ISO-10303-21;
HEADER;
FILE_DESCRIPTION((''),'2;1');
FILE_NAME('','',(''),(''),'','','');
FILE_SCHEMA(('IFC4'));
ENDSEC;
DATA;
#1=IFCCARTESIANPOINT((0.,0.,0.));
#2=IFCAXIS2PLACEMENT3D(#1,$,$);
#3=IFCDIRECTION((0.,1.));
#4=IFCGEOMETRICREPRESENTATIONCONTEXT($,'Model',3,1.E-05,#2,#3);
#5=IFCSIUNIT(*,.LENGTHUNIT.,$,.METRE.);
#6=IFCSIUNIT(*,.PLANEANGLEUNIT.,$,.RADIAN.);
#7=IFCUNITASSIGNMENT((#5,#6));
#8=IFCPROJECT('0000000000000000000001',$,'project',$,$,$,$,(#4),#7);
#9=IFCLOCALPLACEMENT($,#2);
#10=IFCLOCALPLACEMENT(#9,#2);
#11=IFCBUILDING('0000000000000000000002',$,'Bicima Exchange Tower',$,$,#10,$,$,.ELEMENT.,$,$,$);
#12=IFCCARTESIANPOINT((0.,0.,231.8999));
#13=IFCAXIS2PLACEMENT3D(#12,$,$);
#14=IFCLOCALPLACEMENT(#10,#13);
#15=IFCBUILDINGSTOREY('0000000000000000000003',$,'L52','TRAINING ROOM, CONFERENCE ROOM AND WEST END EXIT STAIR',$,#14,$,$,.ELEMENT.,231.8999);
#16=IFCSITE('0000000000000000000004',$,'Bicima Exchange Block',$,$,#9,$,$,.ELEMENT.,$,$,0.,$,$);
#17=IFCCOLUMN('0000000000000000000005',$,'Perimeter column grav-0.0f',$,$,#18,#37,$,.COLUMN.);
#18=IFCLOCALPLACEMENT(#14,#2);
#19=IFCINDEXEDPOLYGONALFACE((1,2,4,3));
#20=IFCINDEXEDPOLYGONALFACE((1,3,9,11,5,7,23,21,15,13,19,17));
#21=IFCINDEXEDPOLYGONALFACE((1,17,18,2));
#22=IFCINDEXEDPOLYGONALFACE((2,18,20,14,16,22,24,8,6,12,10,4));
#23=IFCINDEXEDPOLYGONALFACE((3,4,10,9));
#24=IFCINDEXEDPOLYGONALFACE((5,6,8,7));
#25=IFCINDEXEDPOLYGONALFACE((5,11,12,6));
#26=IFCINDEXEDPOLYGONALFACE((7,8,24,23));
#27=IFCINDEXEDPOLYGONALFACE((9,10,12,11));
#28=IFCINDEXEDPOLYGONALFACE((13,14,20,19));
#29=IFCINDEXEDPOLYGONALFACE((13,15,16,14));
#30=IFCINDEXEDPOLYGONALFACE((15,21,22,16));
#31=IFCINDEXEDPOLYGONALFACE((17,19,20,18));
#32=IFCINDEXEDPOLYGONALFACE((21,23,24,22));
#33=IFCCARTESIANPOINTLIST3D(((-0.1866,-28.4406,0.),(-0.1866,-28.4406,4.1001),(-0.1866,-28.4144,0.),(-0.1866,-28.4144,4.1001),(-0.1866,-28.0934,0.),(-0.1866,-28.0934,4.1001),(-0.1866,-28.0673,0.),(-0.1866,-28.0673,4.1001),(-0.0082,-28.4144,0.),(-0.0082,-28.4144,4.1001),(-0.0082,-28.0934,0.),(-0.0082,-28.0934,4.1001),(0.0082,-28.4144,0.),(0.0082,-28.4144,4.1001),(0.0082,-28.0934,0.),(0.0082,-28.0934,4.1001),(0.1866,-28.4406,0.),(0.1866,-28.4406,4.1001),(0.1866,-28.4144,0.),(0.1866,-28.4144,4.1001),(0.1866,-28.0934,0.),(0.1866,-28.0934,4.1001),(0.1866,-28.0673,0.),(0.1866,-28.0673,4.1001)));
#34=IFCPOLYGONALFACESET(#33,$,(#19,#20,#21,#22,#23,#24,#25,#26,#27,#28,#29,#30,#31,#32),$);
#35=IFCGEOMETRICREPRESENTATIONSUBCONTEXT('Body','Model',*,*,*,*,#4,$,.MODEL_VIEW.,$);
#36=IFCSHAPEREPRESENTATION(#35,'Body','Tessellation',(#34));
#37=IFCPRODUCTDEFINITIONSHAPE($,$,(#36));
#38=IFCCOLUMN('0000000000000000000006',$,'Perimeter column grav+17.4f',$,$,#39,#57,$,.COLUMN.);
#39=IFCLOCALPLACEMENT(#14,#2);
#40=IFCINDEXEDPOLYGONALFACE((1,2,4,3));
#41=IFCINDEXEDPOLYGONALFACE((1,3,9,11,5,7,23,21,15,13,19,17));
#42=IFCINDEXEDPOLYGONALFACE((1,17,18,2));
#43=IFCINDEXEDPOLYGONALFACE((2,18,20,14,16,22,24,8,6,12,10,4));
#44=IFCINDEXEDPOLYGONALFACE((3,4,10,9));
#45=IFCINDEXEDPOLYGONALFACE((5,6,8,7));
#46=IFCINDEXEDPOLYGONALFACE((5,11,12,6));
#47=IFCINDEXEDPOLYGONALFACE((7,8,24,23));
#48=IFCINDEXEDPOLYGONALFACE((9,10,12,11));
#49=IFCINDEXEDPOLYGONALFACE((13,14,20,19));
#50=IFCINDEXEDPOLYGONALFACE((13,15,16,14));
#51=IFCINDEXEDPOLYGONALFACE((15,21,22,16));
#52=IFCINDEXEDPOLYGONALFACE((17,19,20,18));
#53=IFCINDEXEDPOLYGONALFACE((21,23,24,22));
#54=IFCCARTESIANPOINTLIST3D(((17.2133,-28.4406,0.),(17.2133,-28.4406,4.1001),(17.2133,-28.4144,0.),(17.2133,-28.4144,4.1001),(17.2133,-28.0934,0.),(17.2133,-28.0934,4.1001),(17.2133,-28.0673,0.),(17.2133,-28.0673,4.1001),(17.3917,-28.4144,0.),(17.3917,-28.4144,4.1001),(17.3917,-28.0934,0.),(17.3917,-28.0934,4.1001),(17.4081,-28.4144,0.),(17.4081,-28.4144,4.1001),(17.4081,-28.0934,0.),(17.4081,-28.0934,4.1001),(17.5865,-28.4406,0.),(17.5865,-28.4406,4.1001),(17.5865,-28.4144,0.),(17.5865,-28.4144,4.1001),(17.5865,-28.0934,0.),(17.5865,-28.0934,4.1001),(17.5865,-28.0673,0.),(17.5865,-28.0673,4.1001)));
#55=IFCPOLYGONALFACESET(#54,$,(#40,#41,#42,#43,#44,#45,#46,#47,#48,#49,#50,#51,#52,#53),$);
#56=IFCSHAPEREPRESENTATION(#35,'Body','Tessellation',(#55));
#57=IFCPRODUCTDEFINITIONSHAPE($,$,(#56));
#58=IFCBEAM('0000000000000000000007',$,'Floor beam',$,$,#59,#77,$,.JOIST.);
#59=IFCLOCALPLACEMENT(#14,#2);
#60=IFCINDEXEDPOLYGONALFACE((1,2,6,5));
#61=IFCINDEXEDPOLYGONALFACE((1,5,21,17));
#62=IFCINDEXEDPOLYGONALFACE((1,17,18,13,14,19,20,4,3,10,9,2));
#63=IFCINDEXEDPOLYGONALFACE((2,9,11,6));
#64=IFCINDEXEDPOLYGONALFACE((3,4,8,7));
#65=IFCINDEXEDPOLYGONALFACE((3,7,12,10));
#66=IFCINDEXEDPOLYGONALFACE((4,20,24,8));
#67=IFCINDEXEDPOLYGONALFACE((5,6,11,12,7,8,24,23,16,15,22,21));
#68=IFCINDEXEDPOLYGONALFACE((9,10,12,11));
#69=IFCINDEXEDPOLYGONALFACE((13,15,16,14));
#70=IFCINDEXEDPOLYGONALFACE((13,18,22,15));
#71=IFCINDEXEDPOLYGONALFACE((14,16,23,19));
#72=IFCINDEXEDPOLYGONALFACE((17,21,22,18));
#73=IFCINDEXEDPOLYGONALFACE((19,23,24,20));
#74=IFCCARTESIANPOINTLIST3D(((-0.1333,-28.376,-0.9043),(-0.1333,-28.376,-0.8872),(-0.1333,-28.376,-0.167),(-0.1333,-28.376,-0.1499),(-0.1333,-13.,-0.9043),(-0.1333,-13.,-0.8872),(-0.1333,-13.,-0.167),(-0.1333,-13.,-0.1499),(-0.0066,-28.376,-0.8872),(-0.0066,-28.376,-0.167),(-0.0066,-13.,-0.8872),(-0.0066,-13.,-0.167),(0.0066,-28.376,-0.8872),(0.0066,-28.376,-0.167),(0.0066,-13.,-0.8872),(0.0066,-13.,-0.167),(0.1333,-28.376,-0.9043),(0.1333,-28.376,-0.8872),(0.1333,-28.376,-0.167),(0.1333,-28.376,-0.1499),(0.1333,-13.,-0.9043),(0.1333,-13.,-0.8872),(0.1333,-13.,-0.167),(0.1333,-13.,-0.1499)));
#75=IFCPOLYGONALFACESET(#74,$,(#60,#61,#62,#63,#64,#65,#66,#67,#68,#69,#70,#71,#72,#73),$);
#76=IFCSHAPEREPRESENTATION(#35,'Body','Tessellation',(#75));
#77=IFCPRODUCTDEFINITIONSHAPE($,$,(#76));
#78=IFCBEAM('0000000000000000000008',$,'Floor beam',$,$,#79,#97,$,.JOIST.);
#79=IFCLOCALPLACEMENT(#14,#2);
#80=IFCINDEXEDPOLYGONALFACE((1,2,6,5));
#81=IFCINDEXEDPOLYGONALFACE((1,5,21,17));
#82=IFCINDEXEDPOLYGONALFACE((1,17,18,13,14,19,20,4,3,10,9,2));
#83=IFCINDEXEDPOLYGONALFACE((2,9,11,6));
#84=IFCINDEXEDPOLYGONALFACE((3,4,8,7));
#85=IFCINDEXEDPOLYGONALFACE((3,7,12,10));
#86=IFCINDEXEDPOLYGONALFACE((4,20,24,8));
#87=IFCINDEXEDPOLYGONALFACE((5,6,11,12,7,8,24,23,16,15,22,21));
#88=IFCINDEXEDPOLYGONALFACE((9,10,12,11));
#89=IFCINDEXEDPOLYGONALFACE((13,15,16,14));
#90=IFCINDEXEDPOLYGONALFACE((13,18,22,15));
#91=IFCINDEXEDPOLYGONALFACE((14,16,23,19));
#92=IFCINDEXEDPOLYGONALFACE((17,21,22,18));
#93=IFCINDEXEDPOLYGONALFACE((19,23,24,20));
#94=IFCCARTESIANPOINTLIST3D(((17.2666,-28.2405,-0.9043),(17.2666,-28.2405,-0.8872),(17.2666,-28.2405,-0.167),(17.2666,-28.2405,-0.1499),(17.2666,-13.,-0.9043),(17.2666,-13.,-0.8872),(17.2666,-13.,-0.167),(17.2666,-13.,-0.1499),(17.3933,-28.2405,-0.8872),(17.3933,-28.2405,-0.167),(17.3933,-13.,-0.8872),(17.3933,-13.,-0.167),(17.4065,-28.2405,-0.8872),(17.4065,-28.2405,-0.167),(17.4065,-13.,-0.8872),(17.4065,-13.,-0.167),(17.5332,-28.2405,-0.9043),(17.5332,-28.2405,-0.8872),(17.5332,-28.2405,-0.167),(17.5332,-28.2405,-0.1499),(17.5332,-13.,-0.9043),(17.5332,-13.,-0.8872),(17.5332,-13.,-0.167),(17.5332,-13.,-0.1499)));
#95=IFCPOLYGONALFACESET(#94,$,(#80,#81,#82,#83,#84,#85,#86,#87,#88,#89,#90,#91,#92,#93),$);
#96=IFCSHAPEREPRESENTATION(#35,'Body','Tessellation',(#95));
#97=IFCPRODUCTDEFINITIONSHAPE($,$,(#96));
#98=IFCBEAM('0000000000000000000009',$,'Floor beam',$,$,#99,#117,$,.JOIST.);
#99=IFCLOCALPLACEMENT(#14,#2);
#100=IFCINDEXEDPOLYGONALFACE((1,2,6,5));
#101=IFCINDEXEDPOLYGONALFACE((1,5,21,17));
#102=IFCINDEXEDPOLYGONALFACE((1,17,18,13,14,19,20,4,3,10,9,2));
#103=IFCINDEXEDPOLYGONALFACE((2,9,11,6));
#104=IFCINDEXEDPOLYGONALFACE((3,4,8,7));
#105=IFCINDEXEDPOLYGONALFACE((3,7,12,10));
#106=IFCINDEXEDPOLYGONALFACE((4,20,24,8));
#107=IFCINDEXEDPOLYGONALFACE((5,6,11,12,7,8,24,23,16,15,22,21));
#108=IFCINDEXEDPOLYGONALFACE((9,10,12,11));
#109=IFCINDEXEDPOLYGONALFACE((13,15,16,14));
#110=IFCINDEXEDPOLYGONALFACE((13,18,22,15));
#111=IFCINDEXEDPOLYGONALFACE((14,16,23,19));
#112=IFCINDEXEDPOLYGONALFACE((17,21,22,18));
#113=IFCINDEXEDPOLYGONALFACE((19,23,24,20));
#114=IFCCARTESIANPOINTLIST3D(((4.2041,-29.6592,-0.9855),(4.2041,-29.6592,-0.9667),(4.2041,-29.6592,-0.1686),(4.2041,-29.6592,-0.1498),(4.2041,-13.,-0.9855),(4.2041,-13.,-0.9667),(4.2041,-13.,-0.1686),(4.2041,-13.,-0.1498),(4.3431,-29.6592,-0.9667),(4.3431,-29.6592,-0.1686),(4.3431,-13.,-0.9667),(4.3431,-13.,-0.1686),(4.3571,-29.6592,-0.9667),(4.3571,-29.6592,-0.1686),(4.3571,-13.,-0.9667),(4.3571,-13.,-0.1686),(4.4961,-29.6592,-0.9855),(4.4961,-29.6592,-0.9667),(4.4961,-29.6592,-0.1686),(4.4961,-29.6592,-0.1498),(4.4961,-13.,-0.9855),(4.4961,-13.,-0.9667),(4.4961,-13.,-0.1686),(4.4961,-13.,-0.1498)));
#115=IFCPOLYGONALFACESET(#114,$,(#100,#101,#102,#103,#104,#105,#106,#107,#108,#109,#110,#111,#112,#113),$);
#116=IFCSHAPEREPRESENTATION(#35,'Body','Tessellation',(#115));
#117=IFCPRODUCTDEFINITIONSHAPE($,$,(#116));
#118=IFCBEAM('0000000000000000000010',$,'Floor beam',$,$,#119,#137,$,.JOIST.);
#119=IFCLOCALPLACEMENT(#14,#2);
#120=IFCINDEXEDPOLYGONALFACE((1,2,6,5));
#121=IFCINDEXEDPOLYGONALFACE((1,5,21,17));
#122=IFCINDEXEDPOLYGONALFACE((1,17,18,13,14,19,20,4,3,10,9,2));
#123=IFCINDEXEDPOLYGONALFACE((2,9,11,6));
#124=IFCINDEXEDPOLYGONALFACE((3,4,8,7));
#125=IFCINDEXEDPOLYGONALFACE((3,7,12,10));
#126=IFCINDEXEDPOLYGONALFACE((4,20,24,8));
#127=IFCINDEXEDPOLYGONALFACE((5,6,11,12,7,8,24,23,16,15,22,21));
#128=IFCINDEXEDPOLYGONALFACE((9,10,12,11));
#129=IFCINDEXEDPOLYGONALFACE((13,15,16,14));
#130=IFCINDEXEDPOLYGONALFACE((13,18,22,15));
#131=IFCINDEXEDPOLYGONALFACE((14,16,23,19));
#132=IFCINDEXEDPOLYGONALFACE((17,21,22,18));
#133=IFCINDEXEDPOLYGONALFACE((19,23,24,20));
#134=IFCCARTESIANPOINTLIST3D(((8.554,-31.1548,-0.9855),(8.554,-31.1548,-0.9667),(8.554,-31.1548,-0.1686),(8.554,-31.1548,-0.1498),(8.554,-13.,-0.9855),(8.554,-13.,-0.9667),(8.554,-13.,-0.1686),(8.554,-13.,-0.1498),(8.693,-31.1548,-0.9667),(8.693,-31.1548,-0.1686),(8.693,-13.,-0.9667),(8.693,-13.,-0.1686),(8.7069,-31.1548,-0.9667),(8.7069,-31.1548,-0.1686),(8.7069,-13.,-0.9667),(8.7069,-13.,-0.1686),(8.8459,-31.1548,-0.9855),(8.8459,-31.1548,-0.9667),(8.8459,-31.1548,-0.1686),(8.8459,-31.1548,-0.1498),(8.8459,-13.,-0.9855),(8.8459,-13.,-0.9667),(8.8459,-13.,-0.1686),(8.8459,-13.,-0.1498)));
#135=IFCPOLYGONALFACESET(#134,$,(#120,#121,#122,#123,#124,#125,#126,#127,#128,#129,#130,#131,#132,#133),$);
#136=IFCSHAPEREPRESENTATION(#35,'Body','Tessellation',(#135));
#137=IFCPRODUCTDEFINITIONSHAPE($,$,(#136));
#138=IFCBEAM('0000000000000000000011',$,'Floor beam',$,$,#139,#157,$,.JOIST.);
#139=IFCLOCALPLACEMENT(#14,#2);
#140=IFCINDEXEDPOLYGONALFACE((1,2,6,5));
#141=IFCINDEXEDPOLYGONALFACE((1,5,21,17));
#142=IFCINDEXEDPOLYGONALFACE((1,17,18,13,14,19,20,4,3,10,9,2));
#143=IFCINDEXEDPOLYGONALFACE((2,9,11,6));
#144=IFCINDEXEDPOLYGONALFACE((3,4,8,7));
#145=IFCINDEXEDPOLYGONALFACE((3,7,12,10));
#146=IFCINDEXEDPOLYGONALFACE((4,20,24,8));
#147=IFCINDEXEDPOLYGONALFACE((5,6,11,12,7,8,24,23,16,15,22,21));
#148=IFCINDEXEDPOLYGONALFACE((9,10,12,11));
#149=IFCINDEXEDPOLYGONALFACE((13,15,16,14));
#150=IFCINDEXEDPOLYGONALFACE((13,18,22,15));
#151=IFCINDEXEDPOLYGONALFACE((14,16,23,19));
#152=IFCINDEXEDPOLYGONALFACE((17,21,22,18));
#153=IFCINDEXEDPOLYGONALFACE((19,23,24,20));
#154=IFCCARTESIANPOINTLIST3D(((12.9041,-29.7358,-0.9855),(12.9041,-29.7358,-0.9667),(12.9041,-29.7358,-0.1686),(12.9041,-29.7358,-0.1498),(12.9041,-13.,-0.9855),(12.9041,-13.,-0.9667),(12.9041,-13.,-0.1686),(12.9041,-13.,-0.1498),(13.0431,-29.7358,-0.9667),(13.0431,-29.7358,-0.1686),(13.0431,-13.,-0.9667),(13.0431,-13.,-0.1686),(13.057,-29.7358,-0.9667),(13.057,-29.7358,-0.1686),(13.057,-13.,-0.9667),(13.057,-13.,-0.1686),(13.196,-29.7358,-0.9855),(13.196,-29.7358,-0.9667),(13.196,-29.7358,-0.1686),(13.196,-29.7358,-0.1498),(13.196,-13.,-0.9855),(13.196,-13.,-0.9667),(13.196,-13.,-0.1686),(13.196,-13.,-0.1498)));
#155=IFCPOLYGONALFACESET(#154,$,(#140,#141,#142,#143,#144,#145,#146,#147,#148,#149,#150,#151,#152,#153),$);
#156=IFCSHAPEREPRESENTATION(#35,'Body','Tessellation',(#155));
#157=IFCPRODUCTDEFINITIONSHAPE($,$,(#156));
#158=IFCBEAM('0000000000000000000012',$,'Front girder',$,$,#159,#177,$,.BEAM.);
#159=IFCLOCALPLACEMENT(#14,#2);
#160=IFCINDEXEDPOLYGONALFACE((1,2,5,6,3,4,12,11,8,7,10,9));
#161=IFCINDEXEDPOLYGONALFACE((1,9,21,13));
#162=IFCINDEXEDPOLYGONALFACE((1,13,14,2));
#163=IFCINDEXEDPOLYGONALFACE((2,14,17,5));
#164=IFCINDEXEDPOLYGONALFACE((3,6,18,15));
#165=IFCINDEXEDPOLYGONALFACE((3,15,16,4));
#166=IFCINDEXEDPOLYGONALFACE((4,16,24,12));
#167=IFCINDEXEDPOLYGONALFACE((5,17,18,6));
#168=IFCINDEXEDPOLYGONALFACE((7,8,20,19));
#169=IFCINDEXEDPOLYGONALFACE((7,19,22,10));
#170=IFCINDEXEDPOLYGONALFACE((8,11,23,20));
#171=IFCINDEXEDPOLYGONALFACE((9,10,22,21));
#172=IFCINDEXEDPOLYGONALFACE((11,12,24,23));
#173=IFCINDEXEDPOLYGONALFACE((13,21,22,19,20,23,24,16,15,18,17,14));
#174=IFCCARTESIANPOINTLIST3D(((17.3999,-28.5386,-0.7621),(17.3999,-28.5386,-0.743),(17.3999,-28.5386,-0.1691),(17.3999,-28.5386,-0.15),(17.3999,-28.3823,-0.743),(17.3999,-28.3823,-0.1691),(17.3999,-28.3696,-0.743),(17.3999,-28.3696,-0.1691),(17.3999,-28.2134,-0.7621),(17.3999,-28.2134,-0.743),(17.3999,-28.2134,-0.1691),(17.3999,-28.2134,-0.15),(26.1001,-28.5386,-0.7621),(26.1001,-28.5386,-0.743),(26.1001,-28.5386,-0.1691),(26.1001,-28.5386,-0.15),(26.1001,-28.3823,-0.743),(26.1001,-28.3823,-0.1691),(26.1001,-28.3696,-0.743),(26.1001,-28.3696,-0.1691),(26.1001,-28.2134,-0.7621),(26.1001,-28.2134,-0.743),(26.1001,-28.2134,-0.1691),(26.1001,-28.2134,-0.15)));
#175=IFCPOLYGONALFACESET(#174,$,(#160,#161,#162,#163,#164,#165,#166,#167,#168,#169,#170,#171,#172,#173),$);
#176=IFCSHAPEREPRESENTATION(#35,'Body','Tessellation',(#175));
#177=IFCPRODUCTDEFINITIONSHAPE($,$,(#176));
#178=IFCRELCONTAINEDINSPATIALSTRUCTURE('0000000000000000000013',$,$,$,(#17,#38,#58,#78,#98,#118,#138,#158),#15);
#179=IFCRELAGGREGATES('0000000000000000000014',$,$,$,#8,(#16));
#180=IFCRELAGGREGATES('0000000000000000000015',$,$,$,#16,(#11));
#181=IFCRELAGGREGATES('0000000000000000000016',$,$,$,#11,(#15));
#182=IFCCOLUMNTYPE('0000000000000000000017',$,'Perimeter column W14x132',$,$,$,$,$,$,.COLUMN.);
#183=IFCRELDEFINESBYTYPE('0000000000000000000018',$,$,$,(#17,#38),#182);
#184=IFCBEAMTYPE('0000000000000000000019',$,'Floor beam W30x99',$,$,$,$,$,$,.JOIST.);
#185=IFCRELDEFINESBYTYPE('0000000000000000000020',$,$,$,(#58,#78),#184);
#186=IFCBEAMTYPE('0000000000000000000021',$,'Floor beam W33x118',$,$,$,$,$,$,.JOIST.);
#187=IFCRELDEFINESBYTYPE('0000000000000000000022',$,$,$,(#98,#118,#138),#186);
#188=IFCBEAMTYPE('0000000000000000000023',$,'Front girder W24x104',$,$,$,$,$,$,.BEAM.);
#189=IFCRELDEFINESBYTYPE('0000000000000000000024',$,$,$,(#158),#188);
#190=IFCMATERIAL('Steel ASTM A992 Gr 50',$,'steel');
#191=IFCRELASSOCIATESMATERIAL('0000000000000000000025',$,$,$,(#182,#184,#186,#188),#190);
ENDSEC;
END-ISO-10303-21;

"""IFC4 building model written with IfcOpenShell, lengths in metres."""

from ifc_helpers import new_model, si_unit, direction, frame, origin, origin_2d, place, context, subcontext, project, spatial, i_section, extrude, material, material_profile, profile_set, type_object, element, save


model = new_model("IFC4")

# Units and contexts
model_context = context("Model", 3, precision=1e-05, world=origin(), true_north=direction((0.0, 1.0)))
body_context = subcontext(model_context, "Body", "Model", "MODEL_VIEW")
ifc_project = project(units=[si_unit("LENGTHUNIT", "METRE"), si_unit("PLANEANGLEUNIT", "RADIAN")], contexts=[model_context])

# Site, building, storey
site_placement = place(None, origin())
site = spatial("IfcSite", under=ifc_project, at=site_placement, Name="Bicima Exchange Block", CompositionType="ELEMENT", RefElevation=0.0)
building_placement = place(site_placement, origin())
building = spatial("IfcBuilding", under=site, at=building_placement, Name="Bicima Exchange Tower", CompositionType="ELEMENT")
storey_placement = place(building_placement, frame((0.0, 0.0, 231.8999)))
storey = spatial("IfcBuildingStorey", under=building, at=storey_placement, Name="L52", Description="TRAINING ROOM, CONFERENCE ROOM AND WEST END EXIT STAIR", CompositionType="ELEMENT", Elevation=231.8999)

# Columns
ifc_material_1 = material(Name="Steel ASTM A992 Gr 50", Category="steel")
ifc_material_profile_1 = material_profile(ifc_material_1, i_section(OverallWidth=0.3733, OverallDepth=0.3733, WebThickness=0.0164, FlangeThickness=0.0261, at=origin_2d()))
ifc_profile_set_1 = profile_set([ifc_material_profile_1], Name="Steel ASTM A992 Gr 50")
column_type = type_object("IfcColumnType", Name="Perimeter column W14x132", PredefinedType="COLUMN", material=ifc_profile_set_1)
for number, where, z_axis, x_axis, name in (
    (1, (0.0, -28.2539, 0.0), (0.0, 0.0, 1.0), (1.0, 0.0, 0.0), "Perimeter column grav-0.0f"),
    (2, (17.3999, -28.2539, 0.0), (0.0, 0.0, 1.0), (1.0, 0.0, 0.0), "Perimeter column grav+17.4f"),
):
    element("IfcColumn", number, at=place(storey_placement, frame(where, z_axis=z_axis, x_axis=x_axis)), inside=storey, type_object=column_type, Name=name, PredefinedType="COLUMN", context=body_context, shape_type="SweptSolid", body=[
        extrude(i_section(OverallWidth=0.3733, OverallDepth=0.3733, WebThickness=0.0164, FlangeThickness=0.0261, at=origin_2d()), origin(), (0.0, 0.0, 1.0), 4.1001),
    ])

# Beams
ifc_material_profile_2 = material_profile(ifc_material_1, i_section(OverallWidth=0.2666, OverallDepth=0.7544, WebThickness=0.0132, FlangeThickness=0.0171, at=origin_2d()))
ifc_profile_set_2 = profile_set([ifc_material_profile_2], Name="Steel ASTM A992 Gr 50")
beam_type_1 = type_object("IfcBeamType", Name="Floor beam W30x99", PredefinedType="JOIST", material=ifc_profile_set_2)
beam_1_placement = place(storey_placement, frame((0.0, -13.0, -0.5271), z_axis=(0.0, -1.0, 0.0), x_axis=(1.0, 0.0, 0.0)))
element("IfcBeam", 3, at=beam_1_placement, inside=storey, type_object=beam_type_1, Name="Floor beam", PredefinedType="JOIST", context=body_context, shape_type="SweptSolid", body=[
    extrude(i_section(OverallWidth=0.2666, OverallDepth=0.7544, WebThickness=0.0132, FlangeThickness=0.0171, at=origin_2d()), origin(), (0.0, 0.0, 1.0), 15.376),
])
beam_2_placement = place(storey_placement, frame((17.3999, -13.0, -0.5271), z_axis=(0.0, -1.0, 0.0), x_axis=(1.0, 0.0, 0.0)))
element("IfcBeam", 4, at=beam_2_placement, inside=storey, type_object=beam_type_1, Name="Floor beam", PredefinedType="JOIST", context=body_context, shape_type="SweptSolid", body=[
    extrude(i_section(OverallWidth=0.2666, OverallDepth=0.7544, WebThickness=0.0132, FlangeThickness=0.0171, at=origin_2d()), origin(), (0.0, 0.0, 1.0), 15.2405),
])
ifc_material_profile_3 = material_profile(ifc_material_1, i_section(OverallWidth=0.292, OverallDepth=0.8357, WebThickness=0.0139, FlangeThickness=0.0188, at=origin_2d()))
ifc_profile_set_3 = profile_set([ifc_material_profile_3], Name="Steel ASTM A992 Gr 50")
beam_type_2 = type_object("IfcBeamType", Name="Floor beam W33x118", PredefinedType="JOIST", material=ifc_profile_set_3)
beam_3_placement = place(storey_placement, frame((4.3501, -13.0, -0.5676), z_axis=(0.0, -1.0, 0.0), x_axis=(1.0, 0.0, 0.0)))
element("IfcBeam", 5, at=beam_3_placement, inside=storey, type_object=beam_type_2, Name="Floor beam", PredefinedType="JOIST", context=body_context, shape_type="SweptSolid", body=[
    extrude(i_section(OverallWidth=0.292, OverallDepth=0.8357, WebThickness=0.0139, FlangeThickness=0.0188, at=origin_2d()), origin(), (0.0, 0.0, 1.0), 16.6592),
])
beam_4_placement = place(storey_placement, frame((8.7, -13.0, -0.5676), z_axis=(0.0, -1.0, 0.0), x_axis=(1.0, 0.0, 0.0)))
element("IfcBeam", 6, at=beam_4_placement, inside=storey, type_object=beam_type_2, Name="Floor beam", PredefinedType="JOIST", context=body_context, shape_type="SweptSolid", body=[
    extrude(i_section(OverallWidth=0.292, OverallDepth=0.8357, WebThickness=0.0139, FlangeThickness=0.0188, at=origin_2d()), origin(), (0.0, 0.0, 1.0), 18.1548),
])
beam_5_placement = place(storey_placement, frame((13.05, -13.0, -0.5676), z_axis=(0.0, -1.0, 0.0), x_axis=(1.0, 0.0, 0.0)))
element("IfcBeam", 7, at=beam_5_placement, inside=storey, type_object=beam_type_2, Name="Floor beam", PredefinedType="JOIST", context=body_context, shape_type="SweptSolid", body=[
    extrude(i_section(OverallWidth=0.292, OverallDepth=0.8357, WebThickness=0.0139, FlangeThickness=0.0188, at=origin_2d()), origin(), (0.0, 0.0, 1.0), 16.7358),
])
ifc_material_profile_4 = material_profile(ifc_material_1, i_section(OverallWidth=0.3252, OverallDepth=0.6121, WebThickness=0.0127, FlangeThickness=0.019, at=origin_2d()))
ifc_profile_set_4 = profile_set([ifc_material_profile_4], Name="Steel ASTM A992 Gr 50")
beam_type_3 = type_object("IfcBeamType", Name="Front girder W24x104", PredefinedType="BEAM", material=ifc_profile_set_4)
beam_6_placement = place(storey_placement, frame((17.3999, -28.376, -0.4561), z_axis=(1.0, 0.0, 0.0), x_axis=(0.0, 1.0, 0.0)))
element("IfcBeam", 8, at=beam_6_placement, inside=storey, type_object=beam_type_3, Name="Front girder", PredefinedType="BEAM", context=body_context, shape_type="SweptSolid", body=[
    extrude(i_section(OverallWidth=0.3252, OverallDepth=0.6121, WebThickness=0.0127, FlangeThickness=0.019, at=origin_2d()), origin(), (0.0, 0.0, 1.0), 8.7002),
])

save(model, "model.ifc")
